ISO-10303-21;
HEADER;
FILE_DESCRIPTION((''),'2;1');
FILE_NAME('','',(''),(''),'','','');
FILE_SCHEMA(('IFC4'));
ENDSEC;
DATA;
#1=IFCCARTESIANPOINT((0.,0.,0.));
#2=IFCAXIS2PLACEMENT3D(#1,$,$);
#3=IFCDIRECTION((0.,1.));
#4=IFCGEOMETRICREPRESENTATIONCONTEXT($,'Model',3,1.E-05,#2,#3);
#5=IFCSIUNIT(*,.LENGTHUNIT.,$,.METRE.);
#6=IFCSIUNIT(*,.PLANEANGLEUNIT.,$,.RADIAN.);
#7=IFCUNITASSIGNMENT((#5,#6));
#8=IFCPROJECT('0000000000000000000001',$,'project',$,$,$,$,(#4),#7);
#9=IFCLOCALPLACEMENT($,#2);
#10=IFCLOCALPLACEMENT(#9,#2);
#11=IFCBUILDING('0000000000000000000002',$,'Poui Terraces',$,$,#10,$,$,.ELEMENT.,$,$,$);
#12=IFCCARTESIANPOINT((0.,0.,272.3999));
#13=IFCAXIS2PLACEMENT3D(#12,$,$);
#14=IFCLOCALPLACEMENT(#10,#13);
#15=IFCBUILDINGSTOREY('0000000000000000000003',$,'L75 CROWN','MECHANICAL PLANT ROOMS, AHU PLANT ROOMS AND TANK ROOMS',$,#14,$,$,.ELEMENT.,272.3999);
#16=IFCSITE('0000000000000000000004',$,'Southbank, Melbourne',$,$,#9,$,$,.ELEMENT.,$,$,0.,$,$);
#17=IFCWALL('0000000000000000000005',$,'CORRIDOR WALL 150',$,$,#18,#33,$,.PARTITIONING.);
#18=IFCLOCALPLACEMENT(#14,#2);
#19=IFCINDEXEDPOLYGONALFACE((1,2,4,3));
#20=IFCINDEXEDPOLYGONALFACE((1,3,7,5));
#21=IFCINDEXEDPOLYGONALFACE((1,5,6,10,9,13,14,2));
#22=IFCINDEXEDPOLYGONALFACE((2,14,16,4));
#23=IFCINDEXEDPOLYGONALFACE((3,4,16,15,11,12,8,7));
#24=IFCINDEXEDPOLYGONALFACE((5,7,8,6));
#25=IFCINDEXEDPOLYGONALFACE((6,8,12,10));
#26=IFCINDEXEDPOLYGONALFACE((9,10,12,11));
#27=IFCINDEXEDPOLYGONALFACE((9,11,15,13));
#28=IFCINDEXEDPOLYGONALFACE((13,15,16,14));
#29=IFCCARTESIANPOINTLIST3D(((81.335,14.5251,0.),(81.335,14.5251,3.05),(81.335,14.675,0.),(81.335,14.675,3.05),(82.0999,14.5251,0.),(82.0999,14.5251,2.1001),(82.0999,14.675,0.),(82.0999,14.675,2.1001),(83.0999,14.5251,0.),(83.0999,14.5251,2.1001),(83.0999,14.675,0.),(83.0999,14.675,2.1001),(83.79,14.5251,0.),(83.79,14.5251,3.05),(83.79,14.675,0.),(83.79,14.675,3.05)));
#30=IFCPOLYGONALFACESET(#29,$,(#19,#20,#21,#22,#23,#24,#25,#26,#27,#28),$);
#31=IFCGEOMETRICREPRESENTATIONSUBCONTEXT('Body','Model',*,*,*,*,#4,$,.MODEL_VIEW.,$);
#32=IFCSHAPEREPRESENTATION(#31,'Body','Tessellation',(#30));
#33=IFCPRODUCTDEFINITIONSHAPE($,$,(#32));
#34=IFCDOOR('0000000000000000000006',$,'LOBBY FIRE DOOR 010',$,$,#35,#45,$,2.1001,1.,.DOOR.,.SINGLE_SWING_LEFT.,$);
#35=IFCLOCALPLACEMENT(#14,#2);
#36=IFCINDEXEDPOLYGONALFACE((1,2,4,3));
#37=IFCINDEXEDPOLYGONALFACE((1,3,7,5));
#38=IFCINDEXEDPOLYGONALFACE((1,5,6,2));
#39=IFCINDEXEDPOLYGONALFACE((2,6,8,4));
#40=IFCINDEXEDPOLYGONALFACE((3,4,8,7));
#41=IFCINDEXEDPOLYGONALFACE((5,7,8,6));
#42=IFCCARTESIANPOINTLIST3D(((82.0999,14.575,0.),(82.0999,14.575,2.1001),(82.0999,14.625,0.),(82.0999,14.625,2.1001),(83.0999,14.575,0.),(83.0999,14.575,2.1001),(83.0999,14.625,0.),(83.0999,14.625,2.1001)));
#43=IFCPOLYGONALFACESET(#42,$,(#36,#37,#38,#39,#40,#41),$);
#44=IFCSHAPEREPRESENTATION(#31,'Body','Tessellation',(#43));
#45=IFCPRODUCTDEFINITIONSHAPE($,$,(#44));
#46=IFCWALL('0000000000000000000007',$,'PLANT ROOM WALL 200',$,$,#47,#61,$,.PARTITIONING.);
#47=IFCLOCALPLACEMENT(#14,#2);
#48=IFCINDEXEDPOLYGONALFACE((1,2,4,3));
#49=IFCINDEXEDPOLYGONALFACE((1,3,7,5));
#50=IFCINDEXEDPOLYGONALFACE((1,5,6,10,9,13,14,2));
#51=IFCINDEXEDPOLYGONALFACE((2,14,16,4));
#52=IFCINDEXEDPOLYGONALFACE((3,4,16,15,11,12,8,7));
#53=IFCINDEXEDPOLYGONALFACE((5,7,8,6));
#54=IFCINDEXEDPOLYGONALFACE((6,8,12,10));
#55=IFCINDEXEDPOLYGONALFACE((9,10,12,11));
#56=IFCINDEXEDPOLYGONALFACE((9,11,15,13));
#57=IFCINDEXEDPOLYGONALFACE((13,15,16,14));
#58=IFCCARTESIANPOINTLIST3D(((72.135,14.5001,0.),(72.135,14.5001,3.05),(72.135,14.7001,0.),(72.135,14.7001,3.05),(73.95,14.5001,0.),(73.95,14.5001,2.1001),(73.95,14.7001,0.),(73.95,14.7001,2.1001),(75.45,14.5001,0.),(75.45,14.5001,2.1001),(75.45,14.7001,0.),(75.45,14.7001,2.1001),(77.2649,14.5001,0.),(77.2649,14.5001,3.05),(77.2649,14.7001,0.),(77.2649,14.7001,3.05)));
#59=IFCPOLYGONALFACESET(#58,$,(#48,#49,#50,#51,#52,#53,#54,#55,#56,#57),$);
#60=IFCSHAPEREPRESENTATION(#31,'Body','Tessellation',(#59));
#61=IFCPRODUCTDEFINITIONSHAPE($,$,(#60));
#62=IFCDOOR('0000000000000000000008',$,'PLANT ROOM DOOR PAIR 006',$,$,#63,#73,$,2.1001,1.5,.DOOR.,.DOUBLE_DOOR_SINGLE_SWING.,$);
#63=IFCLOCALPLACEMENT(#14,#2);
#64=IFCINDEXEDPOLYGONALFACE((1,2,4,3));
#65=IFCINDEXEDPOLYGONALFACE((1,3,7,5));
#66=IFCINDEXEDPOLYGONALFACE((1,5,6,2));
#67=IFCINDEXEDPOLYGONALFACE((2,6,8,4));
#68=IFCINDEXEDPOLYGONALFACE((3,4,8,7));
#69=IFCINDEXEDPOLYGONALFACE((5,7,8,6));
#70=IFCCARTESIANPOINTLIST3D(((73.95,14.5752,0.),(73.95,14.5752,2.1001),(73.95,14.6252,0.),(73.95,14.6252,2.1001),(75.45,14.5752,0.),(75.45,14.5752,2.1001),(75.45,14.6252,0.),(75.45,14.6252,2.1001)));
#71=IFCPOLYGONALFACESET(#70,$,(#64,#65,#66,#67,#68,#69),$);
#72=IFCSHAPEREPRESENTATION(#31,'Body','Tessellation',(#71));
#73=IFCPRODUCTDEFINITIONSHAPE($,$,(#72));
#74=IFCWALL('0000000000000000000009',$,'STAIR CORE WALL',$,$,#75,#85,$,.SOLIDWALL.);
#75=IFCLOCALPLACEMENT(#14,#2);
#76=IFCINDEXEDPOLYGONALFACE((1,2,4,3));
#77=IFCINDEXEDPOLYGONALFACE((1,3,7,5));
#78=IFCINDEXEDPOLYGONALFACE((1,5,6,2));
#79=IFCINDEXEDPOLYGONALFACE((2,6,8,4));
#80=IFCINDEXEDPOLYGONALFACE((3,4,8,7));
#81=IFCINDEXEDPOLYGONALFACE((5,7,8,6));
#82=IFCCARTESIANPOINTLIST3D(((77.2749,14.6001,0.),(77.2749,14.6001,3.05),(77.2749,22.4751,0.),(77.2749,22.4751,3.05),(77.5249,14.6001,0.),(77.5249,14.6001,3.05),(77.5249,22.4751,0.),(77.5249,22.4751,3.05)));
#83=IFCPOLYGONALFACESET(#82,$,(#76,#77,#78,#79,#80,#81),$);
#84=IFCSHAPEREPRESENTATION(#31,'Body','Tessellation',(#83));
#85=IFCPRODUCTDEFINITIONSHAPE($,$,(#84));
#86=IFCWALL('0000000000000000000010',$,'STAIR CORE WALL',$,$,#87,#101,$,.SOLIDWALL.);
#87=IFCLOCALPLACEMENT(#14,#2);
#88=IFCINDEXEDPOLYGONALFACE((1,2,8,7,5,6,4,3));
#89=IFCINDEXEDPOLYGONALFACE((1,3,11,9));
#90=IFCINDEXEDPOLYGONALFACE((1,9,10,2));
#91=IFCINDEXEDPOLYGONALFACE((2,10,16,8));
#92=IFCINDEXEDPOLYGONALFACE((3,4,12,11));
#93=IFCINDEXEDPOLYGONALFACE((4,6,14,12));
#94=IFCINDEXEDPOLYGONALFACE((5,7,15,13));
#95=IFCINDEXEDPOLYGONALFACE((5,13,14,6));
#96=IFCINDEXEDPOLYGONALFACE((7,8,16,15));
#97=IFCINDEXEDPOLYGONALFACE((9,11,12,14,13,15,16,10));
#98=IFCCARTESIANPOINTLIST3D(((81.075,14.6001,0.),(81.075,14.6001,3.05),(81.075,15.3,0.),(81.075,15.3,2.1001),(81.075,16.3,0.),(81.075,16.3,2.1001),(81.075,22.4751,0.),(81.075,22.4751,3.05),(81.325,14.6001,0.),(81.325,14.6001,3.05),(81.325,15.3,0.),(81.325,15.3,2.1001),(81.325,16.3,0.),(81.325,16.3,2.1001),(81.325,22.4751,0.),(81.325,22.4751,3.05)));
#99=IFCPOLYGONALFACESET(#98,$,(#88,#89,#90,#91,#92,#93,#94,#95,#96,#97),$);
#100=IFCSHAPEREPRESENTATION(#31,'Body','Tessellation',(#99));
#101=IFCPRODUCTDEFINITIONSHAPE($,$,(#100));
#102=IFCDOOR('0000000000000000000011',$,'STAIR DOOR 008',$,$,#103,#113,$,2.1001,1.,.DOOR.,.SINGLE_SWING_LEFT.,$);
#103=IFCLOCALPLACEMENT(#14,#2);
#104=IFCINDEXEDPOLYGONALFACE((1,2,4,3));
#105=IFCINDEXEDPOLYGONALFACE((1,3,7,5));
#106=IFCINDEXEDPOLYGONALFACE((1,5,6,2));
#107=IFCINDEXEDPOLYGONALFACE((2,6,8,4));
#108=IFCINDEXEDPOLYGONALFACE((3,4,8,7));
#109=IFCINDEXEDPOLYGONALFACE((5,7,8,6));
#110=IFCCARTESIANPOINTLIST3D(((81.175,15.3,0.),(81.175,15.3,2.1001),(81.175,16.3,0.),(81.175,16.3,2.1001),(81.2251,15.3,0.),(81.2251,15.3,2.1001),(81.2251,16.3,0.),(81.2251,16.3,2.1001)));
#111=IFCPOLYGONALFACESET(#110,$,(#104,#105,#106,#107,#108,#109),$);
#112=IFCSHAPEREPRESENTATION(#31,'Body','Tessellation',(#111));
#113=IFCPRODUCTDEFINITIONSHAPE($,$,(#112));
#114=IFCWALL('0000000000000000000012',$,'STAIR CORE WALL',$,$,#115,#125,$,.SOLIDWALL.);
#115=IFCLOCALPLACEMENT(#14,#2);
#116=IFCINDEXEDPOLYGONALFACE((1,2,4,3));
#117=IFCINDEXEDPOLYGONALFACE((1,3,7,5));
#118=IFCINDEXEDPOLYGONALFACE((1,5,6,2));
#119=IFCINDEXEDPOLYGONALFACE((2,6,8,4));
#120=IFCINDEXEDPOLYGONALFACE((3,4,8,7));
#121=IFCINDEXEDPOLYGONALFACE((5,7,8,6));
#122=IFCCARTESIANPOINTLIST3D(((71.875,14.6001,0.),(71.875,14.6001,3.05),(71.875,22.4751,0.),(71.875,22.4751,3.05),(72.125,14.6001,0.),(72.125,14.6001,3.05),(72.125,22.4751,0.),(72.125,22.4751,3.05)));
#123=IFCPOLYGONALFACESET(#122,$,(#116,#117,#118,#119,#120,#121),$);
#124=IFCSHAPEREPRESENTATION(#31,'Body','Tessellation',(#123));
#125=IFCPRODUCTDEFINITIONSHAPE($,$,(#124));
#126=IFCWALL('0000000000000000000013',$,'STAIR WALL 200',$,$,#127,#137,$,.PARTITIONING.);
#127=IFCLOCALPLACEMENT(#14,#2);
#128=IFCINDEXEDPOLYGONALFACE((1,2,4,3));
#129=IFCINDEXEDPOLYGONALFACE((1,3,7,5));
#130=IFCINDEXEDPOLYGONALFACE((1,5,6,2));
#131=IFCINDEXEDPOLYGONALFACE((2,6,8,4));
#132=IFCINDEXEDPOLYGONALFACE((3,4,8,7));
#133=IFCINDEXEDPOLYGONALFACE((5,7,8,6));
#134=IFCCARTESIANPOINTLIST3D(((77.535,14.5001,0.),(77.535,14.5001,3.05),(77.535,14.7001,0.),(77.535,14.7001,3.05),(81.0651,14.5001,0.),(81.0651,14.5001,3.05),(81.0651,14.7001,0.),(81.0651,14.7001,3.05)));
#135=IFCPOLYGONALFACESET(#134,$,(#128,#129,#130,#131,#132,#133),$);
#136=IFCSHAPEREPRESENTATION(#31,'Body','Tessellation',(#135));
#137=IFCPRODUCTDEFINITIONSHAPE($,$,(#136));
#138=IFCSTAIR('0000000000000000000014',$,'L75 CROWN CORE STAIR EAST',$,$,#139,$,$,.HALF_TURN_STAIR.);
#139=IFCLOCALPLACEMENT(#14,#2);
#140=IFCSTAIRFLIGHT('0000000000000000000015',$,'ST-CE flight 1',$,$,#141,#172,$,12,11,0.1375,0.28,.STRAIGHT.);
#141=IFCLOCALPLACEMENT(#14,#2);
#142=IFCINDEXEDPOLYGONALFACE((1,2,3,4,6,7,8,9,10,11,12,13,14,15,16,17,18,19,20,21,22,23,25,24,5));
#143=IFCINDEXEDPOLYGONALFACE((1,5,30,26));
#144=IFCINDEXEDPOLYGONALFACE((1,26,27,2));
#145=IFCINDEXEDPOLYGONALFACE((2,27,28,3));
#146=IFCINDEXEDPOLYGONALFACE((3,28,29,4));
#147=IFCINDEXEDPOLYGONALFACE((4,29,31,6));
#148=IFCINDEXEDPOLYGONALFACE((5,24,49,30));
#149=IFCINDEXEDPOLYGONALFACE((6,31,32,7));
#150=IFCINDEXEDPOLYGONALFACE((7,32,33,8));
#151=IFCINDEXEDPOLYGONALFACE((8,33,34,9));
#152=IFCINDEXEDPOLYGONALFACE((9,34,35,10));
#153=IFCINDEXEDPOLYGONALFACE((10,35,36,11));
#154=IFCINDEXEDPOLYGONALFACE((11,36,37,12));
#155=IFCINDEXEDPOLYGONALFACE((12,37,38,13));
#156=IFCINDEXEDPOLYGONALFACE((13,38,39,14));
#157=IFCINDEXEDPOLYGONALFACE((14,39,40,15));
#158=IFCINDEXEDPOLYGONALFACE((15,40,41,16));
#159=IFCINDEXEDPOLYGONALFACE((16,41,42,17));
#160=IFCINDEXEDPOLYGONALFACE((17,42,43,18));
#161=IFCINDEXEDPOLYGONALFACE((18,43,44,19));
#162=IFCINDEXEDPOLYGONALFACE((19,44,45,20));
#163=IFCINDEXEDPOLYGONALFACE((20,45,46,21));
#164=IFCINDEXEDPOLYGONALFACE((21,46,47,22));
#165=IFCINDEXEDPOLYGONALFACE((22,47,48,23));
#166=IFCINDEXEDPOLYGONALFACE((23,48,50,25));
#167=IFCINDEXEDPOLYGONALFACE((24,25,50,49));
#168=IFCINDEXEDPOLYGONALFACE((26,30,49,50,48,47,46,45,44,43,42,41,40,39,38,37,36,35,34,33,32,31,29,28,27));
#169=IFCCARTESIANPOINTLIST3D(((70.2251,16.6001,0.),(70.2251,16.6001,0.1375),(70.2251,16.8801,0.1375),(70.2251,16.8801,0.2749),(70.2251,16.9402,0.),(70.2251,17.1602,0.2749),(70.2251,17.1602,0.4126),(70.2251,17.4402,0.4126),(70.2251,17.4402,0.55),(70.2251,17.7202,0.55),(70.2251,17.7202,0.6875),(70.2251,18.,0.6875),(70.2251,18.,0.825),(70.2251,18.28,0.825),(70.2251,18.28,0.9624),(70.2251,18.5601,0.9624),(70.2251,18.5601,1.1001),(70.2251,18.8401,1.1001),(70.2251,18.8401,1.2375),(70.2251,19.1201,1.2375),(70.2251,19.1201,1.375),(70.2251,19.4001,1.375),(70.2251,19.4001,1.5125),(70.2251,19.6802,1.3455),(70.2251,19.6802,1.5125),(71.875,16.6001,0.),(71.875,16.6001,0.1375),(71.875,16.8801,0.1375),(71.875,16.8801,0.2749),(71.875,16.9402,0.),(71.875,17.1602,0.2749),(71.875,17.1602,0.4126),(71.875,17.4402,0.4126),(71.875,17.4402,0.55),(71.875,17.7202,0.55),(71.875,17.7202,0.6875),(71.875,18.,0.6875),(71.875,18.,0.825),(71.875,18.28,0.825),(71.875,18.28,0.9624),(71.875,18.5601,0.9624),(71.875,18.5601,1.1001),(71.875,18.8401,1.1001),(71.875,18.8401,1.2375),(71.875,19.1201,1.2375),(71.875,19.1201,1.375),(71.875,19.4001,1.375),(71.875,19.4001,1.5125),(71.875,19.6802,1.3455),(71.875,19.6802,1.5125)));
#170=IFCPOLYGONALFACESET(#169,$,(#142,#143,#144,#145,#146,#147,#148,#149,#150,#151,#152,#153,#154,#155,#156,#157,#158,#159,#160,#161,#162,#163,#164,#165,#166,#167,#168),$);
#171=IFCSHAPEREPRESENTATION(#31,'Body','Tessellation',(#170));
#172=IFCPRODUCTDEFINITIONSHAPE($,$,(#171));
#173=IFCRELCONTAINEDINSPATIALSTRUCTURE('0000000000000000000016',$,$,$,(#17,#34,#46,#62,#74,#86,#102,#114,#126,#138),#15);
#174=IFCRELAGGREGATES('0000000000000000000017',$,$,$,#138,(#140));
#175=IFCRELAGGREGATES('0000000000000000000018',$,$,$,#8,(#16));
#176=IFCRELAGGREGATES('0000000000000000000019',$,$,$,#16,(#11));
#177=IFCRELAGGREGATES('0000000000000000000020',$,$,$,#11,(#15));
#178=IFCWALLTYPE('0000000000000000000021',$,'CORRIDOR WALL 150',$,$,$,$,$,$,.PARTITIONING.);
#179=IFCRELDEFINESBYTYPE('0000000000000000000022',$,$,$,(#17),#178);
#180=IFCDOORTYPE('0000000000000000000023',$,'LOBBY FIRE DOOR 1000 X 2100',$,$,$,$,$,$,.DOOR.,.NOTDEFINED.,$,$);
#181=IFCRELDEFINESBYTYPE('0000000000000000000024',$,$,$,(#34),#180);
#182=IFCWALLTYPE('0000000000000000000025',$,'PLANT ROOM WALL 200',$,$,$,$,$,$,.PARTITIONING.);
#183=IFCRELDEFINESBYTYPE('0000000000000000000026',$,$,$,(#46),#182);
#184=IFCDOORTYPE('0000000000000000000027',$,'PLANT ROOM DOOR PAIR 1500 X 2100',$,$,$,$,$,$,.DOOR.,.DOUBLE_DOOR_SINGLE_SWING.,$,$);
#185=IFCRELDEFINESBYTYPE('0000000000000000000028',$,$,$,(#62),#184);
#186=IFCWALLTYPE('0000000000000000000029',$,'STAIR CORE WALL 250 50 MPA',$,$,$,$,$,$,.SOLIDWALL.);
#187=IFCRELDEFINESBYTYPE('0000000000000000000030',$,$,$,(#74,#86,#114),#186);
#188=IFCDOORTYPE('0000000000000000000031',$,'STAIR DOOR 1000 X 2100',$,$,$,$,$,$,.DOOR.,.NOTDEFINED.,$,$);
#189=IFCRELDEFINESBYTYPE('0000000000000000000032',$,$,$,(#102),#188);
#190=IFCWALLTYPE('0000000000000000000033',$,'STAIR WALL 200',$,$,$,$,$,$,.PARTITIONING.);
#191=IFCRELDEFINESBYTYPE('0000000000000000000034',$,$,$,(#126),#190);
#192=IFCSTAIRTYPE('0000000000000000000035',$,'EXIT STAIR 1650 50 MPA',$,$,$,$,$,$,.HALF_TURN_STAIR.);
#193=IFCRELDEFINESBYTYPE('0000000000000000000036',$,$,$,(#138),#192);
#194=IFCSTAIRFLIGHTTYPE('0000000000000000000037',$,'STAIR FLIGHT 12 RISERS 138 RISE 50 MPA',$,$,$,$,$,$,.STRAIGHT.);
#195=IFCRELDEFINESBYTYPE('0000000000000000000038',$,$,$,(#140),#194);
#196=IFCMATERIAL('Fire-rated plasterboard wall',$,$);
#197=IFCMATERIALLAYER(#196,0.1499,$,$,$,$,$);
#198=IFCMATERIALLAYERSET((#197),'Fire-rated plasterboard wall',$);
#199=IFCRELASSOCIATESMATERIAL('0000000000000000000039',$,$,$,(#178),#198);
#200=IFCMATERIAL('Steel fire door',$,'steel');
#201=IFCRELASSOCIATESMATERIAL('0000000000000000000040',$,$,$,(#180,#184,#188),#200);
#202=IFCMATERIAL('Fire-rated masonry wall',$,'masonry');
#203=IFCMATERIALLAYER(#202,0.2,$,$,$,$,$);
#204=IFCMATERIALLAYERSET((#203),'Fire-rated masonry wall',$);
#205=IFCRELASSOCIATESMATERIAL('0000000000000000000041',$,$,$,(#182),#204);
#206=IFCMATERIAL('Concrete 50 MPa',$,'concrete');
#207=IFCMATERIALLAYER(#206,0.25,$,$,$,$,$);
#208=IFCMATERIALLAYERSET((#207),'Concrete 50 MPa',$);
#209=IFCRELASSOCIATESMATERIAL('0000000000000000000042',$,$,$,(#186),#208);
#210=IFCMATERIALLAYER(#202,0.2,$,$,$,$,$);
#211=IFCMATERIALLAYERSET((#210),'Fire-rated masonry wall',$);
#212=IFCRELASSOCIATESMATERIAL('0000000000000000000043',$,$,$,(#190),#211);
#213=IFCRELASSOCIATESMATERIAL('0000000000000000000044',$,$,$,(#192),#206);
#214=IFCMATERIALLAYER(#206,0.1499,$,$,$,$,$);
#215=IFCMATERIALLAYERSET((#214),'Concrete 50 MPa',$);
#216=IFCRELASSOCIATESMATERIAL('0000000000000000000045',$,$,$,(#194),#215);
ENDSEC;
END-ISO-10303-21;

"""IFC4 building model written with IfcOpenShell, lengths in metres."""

from ifc_helpers import new_model, si_unit, direction, frame, frame_2d, origin, place, context, subcontext, project, spatial, polyline, rectangle, outline, extrude, material, layer, layer_set, type_object, element, fill, aggregate, save


model = new_model("IFC4")

# Units and contexts
model_context = context("Model", 3, precision=1e-05, world=origin(), true_north=direction((0.0, 1.0)))
body_context = subcontext(model_context, "Body", "Model", "MODEL_VIEW")
ifc_project = project(units=[si_unit("LENGTHUNIT", "METRE"), si_unit("PLANEANGLEUNIT", "RADIAN")], contexts=[model_context])

# Site, building, storey
site_placement = place(None, origin())
site = spatial("IfcSite", under=ifc_project, at=site_placement, Name="Southbank, Melbourne", CompositionType="ELEMENT", RefElevation=0.0)
building_placement = place(site_placement, origin())
building = spatial("IfcBuilding", under=site, at=building_placement, Name="Poui Terraces", CompositionType="ELEMENT")
storey_placement = place(building_placement, frame((0.0, 0.0, 272.3999)))
storey = spatial("IfcBuildingStorey", under=building, at=storey_placement, Name="L75 CROWN", Description="MECHANICAL PLANT ROOMS, AHU PLANT ROOMS AND TANK ROOMS", CompositionType="ELEMENT", Elevation=272.3999)

# Walls, openings, doors
ifc_material_1 = material(Name="Fire-rated plasterboard wall")
ifc_layer_1 = layer(ifc_material_1, 0.1499)
ifc_layer_set_1 = layer_set([ifc_layer_1], Name="Fire-rated plasterboard wall")
wall_type_1 = type_object("IfcWallType", Name="CORRIDOR WALL 150", PredefinedType="PARTITIONING", material=ifc_layer_set_1)
wall_1_placement = place(storey_placement, frame((81.335, 14.6001, 0.0), z_axis=(0.0, 0.0, 1.0), x_axis=(1.0, 0.0, 0.0)))
wall_1 = element("IfcWall", 1, at=wall_1_placement, inside=storey, type_object=wall_type_1, Name="CORRIDOR WALL 150", PredefinedType="PARTITIONING", context=body_context, shape_type="SweptSolid", body=[
    extrude(rectangle(XDim=2.4551, YDim=0.1499, at=frame_2d((1.2275, 0.0))), origin(), (0.0, 0.0, 1.0), 3.05),
])
opening_1_placement = place(wall_1_placement, frame((0.7649, 0.0, 0.0)))
opening_1 = element("IfcOpeningElement", 2, at=opening_1_placement, cuts=wall_1, PredefinedType="OPENING", context=body_context, shape_type="SweptSolid", body=[
    extrude(rectangle(XDim=1.0, YDim=2.1001, at=frame_2d((0.5, 1.05))), frame((0.0, 0.085, 0.0), z_axis=(0.0, -1.0, 0.0), x_axis=(1.0, 0.0, 0.0)), (0.0, 0.0, 1.0), 0.1699),
])
ifc_material_2 = material(Name="Steel fire door", Category="steel")
door_type_1 = type_object("IfcDoorType", Name="LOBBY FIRE DOOR 1000 X 2100", OperationType="NOTDEFINED", PredefinedType="DOOR", material=ifc_material_2)
door_1_placement = place(opening_1_placement, origin())
door_1 = element("IfcDoor", 3, at=door_1_placement, inside=storey, type_object=door_type_1, Name="LOBBY FIRE DOOR 010", OperationType="SINGLE_SWING_LEFT", OverallHeight=2.1001, OverallWidth=1.0, PredefinedType="DOOR", context=body_context, shape_type="SweptSolid", body=[
    extrude(rectangle(XDim=1.0, YDim=2.1001, at=frame_2d((0.5, 1.05))), frame((0.0, 0.0249, 0.0), z_axis=(0.0, -1.0, 0.0), x_axis=(1.0, 0.0, 0.0)), (0.0, 0.0, 1.0), 0.05),
])
fill(opening_1, door_1)
ifc_material_3 = material(Name="Fire-rated masonry wall", Category="masonry")
ifc_layer_2 = layer(ifc_material_3, 0.2)
ifc_layer_set_2 = layer_set([ifc_layer_2], Name="Fire-rated masonry wall")
wall_type_2 = type_object("IfcWallType", Name="PLANT ROOM WALL 200", PredefinedType="PARTITIONING", material=ifc_layer_set_2)
wall_2_placement = place(storey_placement, frame((72.135, 14.6001, 0.0), z_axis=(0.0, 0.0, 1.0), x_axis=(1.0, 0.0, 0.0)))
wall_2 = element("IfcWall", 4, at=wall_2_placement, inside=storey, type_object=wall_type_2, Name="PLANT ROOM WALL 200", PredefinedType="PARTITIONING", context=body_context, shape_type="SweptSolid", body=[
    extrude(rectangle(XDim=5.1299, YDim=0.2, at=frame_2d((2.5649, 0.0))), origin(), (0.0, 0.0, 1.0), 3.05),
])
opening_2_placement = place(wall_2_placement, frame((1.8149, 0.0, 0.0)))
opening_2 = element("IfcOpeningElement", 5, at=opening_2_placement, cuts=wall_2, PredefinedType="OPENING", context=body_context, shape_type="SweptSolid", body=[
    extrude(rectangle(XDim=1.5, YDim=2.1001, at=frame_2d((0.75, 1.05))), frame((0.0, 0.1099, 0.0), z_axis=(0.0, -1.0, 0.0), x_axis=(1.0, 0.0, 0.0)), (0.0, 0.0, 1.0), 0.22),
])
door_type_2 = type_object("IfcDoorType", Name="PLANT ROOM DOOR PAIR 1500 X 2100", OperationType="DOUBLE_DOOR_SINGLE_SWING", PredefinedType="DOOR", material=ifc_material_2)
door_2_placement = place(opening_2_placement, frame((1.5, 0.0, 0.0), z_axis=(0.0, 0.0, 1.0), x_axis=(-1.0, 0.0, 0.0)))
door_2 = element("IfcDoor", 6, at=door_2_placement, inside=storey, type_object=door_type_2, Name="PLANT ROOM DOOR PAIR 006", OperationType="DOUBLE_DOOR_SINGLE_SWING", OverallHeight=2.1001, OverallWidth=1.5, PredefinedType="DOOR", context=body_context, shape_type="SweptSolid", body=[
    extrude(rectangle(XDim=1.5, YDim=2.1001, at=frame_2d((0.75, 1.05))), frame((0.0, 0.0249, 0.0), z_axis=(0.0, -1.0, 0.0), x_axis=(1.0, 0.0, 0.0)), (0.0, 0.0, 1.0), 0.05),
])
fill(opening_2, door_2)

# Wall
ifc_material_4 = material(Name="Concrete 50 MPa", Category="concrete")
ifc_layer_3 = layer(ifc_material_4, 0.25)
ifc_layer_set_3 = layer_set([ifc_layer_3], Name="Concrete 50 MPa")
wall_type_3 = type_object("IfcWallType", Name="STAIR CORE WALL 250 50 MPA", PredefinedType="SOLIDWALL", material=ifc_layer_set_3)
wall_3_placement = place(storey_placement, frame((77.3999, 14.6001, 0.0), z_axis=(0.0, 0.0, 1.0), x_axis=(0.0, 1.0, 0.0)))
element("IfcWall", 7, at=wall_3_placement, inside=storey, type_object=wall_type_3, Name="STAIR CORE WALL", PredefinedType="SOLIDWALL", context=body_context, shape_type="SweptSolid", body=[
    extrude(rectangle(XDim=7.875, YDim=0.25, at=frame_2d((3.9375, 0.0))), origin(), (0.0, 0.0, 1.0), 3.05),
])

# Wall, opening, door
wall_4_placement = place(storey_placement, frame((81.2, 14.6001, 0.0), z_axis=(0.0, 0.0, 1.0), x_axis=(0.0, 1.0, 0.0)))
wall_4 = element("IfcWall", 8, at=wall_4_placement, inside=storey, type_object=wall_type_3, Name="STAIR CORE WALL", PredefinedType="SOLIDWALL", context=body_context, shape_type="SweptSolid", body=[
    extrude(rectangle(XDim=7.875, YDim=0.25, at=frame_2d((3.9375, 0.0))), origin(), (0.0, 0.0, 1.0), 3.05),
])
opening_3_placement = place(wall_4_placement, frame((0.7, 0.0, 0.0)))
opening_3 = element("IfcOpeningElement", 9, at=opening_3_placement, cuts=wall_4, PredefinedType="OPENING", context=body_context, shape_type="SweptSolid", body=[
    extrude(rectangle(XDim=1.0, YDim=2.1001, at=frame_2d((0.5, 1.05))), frame((0.0, 0.135, 0.0), z_axis=(0.0, -1.0, 0.0), x_axis=(1.0, 0.0, 0.0)), (0.0, 0.0, 1.0), 0.27),
])
door_type_3 = type_object("IfcDoorType", Name="STAIR DOOR 1000 X 2100", OperationType="NOTDEFINED", PredefinedType="DOOR", material=ifc_material_2)
door_3_placement = place(opening_3_placement, origin())
door_3 = element("IfcDoor", 10, at=door_3_placement, inside=storey, type_object=door_type_3, Name="STAIR DOOR 008", OperationType="SINGLE_SWING_LEFT", OverallHeight=2.1001, OverallWidth=1.0, PredefinedType="DOOR", context=body_context, shape_type="SweptSolid", body=[
    extrude(rectangle(XDim=1.0, YDim=2.1001, at=frame_2d((0.5, 1.05))), frame((0.0, 0.0249, 0.0), z_axis=(0.0, -1.0, 0.0), x_axis=(1.0, 0.0, 0.0)), (0.0, 0.0, 1.0), 0.05),
])
fill(opening_3, door_3)

# Walls
wall_5_placement = place(storey_placement, frame((72.0, 14.6001, 0.0), z_axis=(0.0, 0.0, 1.0), x_axis=(0.0, 1.0, 0.0)))
element("IfcWall", 11, at=wall_5_placement, inside=storey, type_object=wall_type_3, Name="STAIR CORE WALL", PredefinedType="SOLIDWALL", context=body_context, shape_type="SweptSolid", body=[
    extrude(rectangle(XDim=7.875, YDim=0.25, at=frame_2d((3.9375, 0.0))), origin(), (0.0, 0.0, 1.0), 3.05),
])
ifc_layer_4 = layer(ifc_material_3, 0.2)
ifc_layer_set_4 = layer_set([ifc_layer_4], Name="Fire-rated masonry wall")
wall_type_4 = type_object("IfcWallType", Name="STAIR WALL 200", PredefinedType="PARTITIONING", material=ifc_layer_set_4)
wall_6_placement = place(storey_placement, frame((77.5349, 14.6001, 0.0), z_axis=(0.0, 0.0, 1.0), x_axis=(1.0, 0.0, 0.0)))
element("IfcWall", 12, at=wall_6_placement, inside=storey, type_object=wall_type_4, Name="STAIR WALL 200", PredefinedType="PARTITIONING", context=body_context, shape_type="SweptSolid", body=[
    extrude(rectangle(XDim=3.53, YDim=0.2, at=frame_2d((1.7651, 0.0))), origin(), (0.0, 0.0, 1.0), 3.05),
])

# Stair, stair flight
stair_type = type_object("IfcStairType", Name="EXIT STAIR 1650 50 MPA", PredefinedType="HALF_TURN_STAIR", material=ifc_material_4)
stair_1_placement = place(storey_placement, origin())
stair_1 = element("IfcStair", 13, at=stair_1_placement, inside=storey, type_object=stair_type, Name="L75 CROWN CORE STAIR EAST", PredefinedType="HALF_TURN_STAIR")
ifc_layer_5 = layer(ifc_material_4, 0.1499)
ifc_layer_set_5 = layer_set([ifc_layer_5], Name="Concrete 50 MPa")
stair_flight_type = type_object("IfcStairFlightType", Name="STAIR FLIGHT 12 RISERS 138 RISE 50 MPA", PredefinedType="STRAIGHT", material=ifc_layer_set_5)
stair_flight_1_placement = place(storey_placement, frame((71.05, 16.6001, 0.0), z_axis=(0.0, 0.0, 1.0), x_axis=(0.0, 1.0, 0.0)))
stair_flight_1 = element("IfcStairFlight", 14, at=stair_flight_1_placement, type_object=stair_flight_type, Name="ST-CE flight 1", NumberOfRisers=12, NumberOfTreads=11, PredefinedType="STRAIGHT", RiserHeight=0.1375, TreadLength=0.28, context=body_context, shape_type="SweptSolid", body=[
    extrude(outline(polyline([(0.0, 0.0), (0.0, 0.1375), (0.28, 0.1375), (0.28, 0.2749), (0.5601, 0.2749), (0.5601, 0.4126), (0.8401, 0.4126), (0.8401, 0.55), (1.1201, 0.55), (1.1201, 0.6875), (1.3999, 0.6875), (1.3999, 0.825), (1.6799, 0.825), (1.6799, 0.9624), (1.96, 0.9624), (1.96, 1.1001), (2.24, 1.1001), (2.24, 1.2375), (2.52, 1.2375), (2.52, 1.375), (2.8, 1.375), (2.8, 1.5125), (3.0801, 1.5125), (3.0801, 1.6499), (3.0801, 1.3455), (0.3401, 0.0), (0.0, 0.0)])), frame((0.0, 0.825, 0.0), z_axis=(0.0, -1.0, 0.0), x_axis=(1.0, 0.0, 0.0)), (0.0, 0.0, 1.0), 1.6499),
])
aggregate(stair_1, [stair_flight_1])

save(model, "model.ifc")
